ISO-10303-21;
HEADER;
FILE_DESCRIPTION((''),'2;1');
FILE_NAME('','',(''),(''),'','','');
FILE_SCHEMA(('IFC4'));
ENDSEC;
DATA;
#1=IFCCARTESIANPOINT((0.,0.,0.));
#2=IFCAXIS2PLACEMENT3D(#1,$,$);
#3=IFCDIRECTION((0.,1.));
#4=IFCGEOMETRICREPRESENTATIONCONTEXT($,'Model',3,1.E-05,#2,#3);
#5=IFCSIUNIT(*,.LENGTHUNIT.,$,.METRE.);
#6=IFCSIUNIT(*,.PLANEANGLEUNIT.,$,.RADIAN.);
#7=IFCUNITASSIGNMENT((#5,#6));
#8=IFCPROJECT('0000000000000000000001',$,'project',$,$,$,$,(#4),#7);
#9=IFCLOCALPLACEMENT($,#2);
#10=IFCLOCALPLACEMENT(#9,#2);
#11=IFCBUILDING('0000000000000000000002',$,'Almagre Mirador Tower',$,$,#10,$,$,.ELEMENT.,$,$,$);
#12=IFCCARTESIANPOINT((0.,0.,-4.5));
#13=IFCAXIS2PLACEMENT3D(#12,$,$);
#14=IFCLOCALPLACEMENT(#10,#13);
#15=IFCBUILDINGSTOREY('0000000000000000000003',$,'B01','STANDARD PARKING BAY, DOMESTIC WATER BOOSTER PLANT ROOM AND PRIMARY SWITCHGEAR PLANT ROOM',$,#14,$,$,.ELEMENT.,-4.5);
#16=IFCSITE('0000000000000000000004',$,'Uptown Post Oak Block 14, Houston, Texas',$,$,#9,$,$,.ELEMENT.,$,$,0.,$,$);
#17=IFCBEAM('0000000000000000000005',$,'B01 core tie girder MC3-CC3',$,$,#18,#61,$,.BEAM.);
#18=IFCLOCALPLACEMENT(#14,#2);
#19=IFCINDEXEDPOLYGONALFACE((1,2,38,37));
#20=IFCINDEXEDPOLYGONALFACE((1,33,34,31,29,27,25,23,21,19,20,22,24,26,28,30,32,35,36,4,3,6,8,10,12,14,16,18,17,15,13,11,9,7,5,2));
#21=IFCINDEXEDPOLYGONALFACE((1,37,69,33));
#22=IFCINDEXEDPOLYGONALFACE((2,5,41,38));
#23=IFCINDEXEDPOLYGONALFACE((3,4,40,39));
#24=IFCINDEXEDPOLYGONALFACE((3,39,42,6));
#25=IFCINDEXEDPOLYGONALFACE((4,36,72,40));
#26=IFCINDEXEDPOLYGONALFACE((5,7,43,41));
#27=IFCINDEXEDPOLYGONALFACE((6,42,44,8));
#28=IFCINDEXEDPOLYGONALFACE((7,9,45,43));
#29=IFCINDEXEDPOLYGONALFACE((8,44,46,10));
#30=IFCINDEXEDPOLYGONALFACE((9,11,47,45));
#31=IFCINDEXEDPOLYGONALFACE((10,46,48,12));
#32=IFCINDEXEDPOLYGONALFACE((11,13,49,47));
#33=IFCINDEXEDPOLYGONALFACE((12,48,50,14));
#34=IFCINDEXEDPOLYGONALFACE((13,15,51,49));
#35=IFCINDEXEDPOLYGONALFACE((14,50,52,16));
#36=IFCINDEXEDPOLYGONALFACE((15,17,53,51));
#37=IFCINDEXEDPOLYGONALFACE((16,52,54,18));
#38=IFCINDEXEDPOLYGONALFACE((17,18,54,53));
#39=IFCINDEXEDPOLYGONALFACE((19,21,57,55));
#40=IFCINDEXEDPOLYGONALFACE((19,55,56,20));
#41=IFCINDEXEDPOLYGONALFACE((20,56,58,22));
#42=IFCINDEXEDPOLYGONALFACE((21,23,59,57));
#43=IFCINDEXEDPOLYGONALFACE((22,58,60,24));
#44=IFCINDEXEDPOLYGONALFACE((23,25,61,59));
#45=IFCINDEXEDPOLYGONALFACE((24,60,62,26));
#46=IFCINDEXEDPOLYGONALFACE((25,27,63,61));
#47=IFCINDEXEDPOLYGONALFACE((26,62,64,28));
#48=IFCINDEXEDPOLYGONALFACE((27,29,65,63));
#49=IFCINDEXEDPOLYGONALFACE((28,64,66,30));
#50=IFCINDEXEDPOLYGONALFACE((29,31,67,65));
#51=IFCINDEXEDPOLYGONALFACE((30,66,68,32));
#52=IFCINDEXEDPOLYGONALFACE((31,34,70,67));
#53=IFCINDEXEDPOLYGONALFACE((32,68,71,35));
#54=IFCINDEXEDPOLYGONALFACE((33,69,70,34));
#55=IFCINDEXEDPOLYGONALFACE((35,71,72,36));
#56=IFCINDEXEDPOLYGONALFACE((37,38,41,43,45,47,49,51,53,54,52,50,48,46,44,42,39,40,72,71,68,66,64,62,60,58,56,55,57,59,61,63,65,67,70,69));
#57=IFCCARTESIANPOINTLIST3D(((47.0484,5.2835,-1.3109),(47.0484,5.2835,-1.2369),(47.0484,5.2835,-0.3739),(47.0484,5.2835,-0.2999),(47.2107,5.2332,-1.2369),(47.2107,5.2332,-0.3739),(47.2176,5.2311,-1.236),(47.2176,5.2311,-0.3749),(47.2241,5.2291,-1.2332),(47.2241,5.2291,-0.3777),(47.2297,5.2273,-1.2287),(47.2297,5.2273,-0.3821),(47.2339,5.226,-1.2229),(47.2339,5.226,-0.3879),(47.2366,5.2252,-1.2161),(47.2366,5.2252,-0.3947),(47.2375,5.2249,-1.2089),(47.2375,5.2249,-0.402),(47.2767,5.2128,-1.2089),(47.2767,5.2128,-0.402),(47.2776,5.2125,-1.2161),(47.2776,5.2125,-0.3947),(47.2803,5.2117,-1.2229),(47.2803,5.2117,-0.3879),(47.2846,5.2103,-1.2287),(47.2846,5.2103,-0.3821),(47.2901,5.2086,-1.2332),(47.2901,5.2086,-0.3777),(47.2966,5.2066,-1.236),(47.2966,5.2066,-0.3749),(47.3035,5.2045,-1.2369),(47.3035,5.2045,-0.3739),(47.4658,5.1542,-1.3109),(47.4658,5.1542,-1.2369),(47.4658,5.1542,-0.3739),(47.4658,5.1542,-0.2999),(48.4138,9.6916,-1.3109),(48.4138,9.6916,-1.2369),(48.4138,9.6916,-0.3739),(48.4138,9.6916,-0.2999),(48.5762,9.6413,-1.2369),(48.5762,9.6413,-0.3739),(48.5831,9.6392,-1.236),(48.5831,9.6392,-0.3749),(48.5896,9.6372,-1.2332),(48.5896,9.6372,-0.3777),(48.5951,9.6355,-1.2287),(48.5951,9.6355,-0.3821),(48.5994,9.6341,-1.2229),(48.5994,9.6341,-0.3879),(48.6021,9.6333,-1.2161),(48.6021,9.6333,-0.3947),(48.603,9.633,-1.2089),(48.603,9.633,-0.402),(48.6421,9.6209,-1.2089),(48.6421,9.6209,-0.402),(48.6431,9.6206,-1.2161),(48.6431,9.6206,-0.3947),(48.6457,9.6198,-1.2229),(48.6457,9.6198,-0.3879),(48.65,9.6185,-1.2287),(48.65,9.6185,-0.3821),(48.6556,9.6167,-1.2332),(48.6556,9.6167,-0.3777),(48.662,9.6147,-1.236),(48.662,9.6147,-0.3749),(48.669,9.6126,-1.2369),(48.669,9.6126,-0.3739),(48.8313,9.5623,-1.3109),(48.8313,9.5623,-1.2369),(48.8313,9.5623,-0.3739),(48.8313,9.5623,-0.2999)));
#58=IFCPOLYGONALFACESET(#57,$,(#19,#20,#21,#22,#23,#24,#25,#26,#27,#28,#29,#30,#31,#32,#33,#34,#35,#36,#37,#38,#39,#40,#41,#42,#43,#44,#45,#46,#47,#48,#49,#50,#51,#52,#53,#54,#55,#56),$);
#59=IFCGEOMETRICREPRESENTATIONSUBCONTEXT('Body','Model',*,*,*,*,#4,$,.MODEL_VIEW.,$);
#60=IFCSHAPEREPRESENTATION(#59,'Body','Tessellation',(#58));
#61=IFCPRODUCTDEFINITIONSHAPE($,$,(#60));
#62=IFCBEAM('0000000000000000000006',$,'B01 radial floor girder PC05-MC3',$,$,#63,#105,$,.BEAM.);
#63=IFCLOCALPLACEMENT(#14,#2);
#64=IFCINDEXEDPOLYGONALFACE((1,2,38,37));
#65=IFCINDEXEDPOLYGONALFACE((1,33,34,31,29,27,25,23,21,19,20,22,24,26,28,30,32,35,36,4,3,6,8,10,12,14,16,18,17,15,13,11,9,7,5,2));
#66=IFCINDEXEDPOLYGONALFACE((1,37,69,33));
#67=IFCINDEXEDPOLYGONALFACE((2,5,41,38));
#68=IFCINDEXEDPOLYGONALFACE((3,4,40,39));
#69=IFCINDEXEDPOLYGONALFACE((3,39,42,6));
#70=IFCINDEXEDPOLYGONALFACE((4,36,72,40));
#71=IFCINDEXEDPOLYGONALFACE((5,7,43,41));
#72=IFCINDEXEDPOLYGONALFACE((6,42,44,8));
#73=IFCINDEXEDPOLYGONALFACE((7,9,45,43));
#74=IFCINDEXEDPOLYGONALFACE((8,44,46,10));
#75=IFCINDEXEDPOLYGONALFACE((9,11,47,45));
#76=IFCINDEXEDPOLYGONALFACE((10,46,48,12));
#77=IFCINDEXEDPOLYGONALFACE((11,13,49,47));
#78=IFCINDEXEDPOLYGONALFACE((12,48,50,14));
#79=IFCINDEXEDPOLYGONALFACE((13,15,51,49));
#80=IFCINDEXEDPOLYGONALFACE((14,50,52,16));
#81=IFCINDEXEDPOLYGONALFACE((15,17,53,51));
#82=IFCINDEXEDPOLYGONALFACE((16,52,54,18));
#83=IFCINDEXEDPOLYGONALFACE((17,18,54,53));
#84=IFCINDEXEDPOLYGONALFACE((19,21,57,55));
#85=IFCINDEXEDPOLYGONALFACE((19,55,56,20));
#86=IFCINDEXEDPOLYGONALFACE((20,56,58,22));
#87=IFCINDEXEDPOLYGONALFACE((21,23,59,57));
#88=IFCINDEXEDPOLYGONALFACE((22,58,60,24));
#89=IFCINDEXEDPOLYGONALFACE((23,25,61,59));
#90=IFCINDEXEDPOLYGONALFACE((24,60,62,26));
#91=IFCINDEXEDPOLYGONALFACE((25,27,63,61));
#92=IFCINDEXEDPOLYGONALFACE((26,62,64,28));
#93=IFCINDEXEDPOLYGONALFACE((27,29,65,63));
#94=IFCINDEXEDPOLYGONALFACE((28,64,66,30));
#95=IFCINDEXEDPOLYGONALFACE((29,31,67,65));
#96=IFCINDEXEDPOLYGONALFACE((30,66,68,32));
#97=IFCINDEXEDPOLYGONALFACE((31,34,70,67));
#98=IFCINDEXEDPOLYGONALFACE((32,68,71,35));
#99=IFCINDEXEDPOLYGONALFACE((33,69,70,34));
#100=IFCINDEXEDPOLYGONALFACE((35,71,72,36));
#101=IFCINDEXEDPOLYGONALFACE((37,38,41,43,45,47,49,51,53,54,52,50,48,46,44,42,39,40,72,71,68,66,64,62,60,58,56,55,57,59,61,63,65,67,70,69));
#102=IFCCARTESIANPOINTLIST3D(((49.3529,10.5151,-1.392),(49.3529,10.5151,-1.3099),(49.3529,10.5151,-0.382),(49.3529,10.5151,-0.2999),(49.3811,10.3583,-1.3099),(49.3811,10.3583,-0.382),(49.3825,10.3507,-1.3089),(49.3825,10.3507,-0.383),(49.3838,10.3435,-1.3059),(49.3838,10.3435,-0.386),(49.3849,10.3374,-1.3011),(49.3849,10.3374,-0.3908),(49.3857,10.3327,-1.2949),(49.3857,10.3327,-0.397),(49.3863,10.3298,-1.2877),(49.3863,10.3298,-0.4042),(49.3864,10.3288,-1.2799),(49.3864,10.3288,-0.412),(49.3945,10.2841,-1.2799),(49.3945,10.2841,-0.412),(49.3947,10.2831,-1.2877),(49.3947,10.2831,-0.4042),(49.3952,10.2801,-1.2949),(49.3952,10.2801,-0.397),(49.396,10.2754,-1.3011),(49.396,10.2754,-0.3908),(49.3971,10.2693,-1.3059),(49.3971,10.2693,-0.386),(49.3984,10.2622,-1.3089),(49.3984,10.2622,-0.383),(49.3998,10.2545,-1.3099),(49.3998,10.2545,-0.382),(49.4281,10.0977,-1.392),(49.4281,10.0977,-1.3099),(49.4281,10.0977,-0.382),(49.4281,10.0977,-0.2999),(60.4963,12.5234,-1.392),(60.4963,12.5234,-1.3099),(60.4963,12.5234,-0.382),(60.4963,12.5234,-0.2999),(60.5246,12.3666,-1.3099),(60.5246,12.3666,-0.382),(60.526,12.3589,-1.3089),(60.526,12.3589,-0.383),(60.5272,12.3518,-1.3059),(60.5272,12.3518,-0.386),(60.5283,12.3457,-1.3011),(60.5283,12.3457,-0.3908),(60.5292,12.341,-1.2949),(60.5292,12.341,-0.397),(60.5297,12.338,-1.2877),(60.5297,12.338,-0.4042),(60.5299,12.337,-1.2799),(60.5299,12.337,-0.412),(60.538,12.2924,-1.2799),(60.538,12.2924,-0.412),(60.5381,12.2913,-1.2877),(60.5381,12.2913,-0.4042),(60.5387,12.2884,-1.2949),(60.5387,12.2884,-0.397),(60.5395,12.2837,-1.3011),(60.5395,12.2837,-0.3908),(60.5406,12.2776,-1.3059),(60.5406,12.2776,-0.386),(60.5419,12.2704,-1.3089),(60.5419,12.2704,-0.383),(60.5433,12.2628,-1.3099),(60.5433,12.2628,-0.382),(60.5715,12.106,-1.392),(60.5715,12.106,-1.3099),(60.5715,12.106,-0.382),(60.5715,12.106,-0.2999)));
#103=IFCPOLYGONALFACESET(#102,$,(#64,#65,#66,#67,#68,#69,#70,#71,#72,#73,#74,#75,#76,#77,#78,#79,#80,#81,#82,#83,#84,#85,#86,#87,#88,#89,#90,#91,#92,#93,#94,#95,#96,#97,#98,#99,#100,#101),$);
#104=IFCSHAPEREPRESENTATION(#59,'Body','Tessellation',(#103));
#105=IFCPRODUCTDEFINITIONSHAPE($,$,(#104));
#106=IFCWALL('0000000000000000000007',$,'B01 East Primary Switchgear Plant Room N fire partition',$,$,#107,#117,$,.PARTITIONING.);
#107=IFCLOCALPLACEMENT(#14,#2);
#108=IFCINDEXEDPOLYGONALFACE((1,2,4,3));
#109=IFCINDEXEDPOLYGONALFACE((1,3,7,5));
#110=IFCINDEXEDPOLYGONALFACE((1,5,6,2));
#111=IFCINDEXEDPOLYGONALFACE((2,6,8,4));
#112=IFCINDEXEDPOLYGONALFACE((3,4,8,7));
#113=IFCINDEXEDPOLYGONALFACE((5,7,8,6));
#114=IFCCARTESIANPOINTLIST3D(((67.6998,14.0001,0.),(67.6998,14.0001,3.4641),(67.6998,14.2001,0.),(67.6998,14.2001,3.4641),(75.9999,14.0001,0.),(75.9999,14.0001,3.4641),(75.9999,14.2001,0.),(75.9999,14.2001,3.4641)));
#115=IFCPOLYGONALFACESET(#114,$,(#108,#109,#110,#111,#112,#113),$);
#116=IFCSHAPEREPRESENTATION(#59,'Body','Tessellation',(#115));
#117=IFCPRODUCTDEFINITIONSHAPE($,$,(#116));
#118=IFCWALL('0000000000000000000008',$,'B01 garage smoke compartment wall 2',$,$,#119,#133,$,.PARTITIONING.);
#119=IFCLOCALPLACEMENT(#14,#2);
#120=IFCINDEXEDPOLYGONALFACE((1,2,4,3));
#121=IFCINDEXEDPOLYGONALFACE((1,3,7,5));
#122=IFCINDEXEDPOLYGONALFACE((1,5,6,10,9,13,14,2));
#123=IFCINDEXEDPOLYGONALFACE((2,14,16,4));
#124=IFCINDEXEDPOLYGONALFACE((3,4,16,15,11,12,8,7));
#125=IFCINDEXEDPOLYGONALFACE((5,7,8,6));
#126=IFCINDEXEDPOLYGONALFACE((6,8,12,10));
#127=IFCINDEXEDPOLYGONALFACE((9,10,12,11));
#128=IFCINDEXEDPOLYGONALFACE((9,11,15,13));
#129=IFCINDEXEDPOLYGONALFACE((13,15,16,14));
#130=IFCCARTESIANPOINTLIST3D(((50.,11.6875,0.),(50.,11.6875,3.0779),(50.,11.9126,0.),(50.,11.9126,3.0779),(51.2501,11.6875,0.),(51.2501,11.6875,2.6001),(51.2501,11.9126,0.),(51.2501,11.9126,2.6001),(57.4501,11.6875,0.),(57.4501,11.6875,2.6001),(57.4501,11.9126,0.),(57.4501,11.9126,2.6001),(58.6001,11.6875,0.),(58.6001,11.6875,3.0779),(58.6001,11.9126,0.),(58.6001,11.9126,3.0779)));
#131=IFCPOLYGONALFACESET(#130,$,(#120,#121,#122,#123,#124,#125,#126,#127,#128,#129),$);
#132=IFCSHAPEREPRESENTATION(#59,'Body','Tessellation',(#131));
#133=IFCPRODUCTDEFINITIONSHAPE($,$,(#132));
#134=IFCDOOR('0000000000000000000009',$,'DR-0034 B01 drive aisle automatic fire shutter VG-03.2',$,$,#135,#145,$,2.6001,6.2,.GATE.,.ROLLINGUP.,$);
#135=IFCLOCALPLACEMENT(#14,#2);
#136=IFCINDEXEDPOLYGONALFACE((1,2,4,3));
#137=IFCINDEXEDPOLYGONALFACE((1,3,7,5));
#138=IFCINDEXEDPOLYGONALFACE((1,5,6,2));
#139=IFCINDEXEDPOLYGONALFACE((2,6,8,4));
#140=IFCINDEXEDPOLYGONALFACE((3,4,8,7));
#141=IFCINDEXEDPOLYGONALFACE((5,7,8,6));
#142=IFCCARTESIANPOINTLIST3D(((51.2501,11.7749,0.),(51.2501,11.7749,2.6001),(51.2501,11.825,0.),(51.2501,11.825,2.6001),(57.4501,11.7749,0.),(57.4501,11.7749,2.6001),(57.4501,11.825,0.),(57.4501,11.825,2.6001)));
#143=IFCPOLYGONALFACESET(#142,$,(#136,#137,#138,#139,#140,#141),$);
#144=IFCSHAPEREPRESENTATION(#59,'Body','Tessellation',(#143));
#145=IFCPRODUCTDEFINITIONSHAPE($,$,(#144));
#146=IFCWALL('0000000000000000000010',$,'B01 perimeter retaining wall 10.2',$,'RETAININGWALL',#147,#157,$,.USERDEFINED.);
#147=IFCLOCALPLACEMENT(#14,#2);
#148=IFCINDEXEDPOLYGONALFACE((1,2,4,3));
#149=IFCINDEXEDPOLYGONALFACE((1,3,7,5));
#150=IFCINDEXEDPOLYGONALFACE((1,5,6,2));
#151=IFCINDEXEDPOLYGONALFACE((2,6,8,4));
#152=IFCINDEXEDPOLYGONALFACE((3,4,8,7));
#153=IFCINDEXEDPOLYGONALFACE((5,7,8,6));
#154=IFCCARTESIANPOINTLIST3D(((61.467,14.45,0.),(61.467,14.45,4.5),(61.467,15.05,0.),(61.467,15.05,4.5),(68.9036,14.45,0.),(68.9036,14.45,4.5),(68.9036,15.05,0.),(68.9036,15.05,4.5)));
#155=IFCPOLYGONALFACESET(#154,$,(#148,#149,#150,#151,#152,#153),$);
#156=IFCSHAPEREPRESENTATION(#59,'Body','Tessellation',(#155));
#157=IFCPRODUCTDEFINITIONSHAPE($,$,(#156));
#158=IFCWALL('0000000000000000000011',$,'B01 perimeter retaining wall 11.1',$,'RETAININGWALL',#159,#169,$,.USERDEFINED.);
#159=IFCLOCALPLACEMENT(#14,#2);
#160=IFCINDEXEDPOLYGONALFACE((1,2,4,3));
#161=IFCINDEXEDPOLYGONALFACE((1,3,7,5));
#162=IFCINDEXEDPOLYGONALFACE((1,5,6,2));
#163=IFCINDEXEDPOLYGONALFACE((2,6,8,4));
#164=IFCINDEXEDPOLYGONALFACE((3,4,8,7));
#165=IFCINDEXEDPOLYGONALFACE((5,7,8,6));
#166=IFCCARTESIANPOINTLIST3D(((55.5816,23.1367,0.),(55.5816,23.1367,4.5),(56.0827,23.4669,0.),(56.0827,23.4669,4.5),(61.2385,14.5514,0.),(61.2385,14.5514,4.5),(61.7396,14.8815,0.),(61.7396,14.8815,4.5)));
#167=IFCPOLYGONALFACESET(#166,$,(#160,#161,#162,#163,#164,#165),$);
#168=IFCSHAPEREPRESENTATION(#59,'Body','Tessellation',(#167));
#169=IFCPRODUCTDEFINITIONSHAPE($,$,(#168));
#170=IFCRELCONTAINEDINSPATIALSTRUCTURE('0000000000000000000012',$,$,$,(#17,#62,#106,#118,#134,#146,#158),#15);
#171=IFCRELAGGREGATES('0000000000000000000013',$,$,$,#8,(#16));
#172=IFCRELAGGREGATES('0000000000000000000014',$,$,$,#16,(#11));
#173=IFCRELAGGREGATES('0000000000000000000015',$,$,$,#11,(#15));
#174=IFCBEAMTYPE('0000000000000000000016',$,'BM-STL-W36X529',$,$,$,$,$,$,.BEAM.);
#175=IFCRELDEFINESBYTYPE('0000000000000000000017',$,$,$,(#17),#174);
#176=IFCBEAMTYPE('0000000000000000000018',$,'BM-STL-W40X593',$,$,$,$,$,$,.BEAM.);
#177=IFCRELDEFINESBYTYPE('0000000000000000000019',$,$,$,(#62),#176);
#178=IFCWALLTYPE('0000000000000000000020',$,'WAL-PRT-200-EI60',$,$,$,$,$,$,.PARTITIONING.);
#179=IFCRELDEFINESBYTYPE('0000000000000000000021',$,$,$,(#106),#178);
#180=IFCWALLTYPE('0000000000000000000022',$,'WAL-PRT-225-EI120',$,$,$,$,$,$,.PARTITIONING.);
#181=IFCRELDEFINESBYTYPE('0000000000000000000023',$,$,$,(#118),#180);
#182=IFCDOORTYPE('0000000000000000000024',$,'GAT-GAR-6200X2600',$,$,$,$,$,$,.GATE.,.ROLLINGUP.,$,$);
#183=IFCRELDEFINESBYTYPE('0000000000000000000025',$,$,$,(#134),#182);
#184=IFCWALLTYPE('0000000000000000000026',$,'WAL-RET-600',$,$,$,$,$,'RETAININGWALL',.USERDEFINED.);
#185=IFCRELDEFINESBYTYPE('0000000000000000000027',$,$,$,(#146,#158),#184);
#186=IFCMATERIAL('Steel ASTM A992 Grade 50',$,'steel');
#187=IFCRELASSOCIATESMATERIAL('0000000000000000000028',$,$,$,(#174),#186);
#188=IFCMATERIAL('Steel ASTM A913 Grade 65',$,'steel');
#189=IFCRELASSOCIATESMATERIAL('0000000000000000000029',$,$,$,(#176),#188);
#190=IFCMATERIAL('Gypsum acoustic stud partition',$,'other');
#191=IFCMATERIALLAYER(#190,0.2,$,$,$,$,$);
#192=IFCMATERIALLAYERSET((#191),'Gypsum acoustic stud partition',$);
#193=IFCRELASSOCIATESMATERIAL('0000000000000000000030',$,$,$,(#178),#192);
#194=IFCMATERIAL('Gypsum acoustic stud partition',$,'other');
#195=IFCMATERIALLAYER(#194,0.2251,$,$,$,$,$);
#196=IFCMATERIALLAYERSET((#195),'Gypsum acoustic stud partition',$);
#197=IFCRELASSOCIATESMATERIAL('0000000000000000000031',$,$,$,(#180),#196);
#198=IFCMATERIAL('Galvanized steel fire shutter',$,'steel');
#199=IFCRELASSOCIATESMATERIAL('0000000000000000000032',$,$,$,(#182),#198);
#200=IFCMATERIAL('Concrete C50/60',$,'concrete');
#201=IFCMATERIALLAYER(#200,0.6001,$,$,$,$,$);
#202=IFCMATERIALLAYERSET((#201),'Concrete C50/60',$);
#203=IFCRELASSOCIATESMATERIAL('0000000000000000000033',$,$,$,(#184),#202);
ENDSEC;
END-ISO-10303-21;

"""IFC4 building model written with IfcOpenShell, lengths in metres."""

from ifc_helpers import new_model, si_unit, direction, frame, frame_2d, origin, origin_2d, place, context, subcontext, project, spatial, rectangle, i_section, extrude, material, layer, layer_set, material_profile, profile_set, type_object, element, fill, save


model = new_model("IFC4")

# Units and contexts
model_context = context("Model", 3, precision=1e-05, world=origin(), true_north=direction((0.0, 1.0)))
body_context = subcontext(model_context, "Body", "Model", "MODEL_VIEW")
ifc_project = project(units=[si_unit("LENGTHUNIT", "METRE"), si_unit("PLANEANGLEUNIT", "RADIAN")], contexts=[model_context])

# Site, building, storey
site_placement = place(None, origin())
site = spatial("IfcSite", under=ifc_project, at=site_placement, Name="Uptown Post Oak Block 14, Houston, Texas", CompositionType="ELEMENT", RefElevation=0.0)
building_placement = place(site_placement, origin())
building = spatial("IfcBuilding", under=site, at=building_placement, Name="Almagre Mirador Tower", CompositionType="ELEMENT")
storey_placement = place(building_placement, frame((0.0, 0.0, -4.5)))
storey = spatial("IfcBuildingStorey", under=building, at=storey_placement, Name="B01", Description="STANDARD PARKING BAY, DOMESTIC WATER BOOSTER PLANT ROOM AND PRIMARY SWITCHGEAR PLANT ROOM", CompositionType="ELEMENT", Elevation=-4.5)

# Beams
ifc_material_1 = material(Name="Steel ASTM A992 Grade 50", Category="steel")
ifc_material_profile_1 = material_profile(ifc_material_1, i_section(OverallWidth=0.437, OverallDepth=1.011, WebThickness=0.041, FlangeThickness=0.074, FilletRadius=0.0281, at=origin_2d()), Name="W36X529")
ifc_profile_set_1 = profile_set([ifc_material_profile_1], Name="Steel ASTM A992 Grade 50")
beam_type_1 = type_object("IfcBeamType", Name="BM-STL-W36X529", PredefinedType="BEAM", material=ifc_profile_set_1)
beam_1_placement = place(storey_placement, frame((48.6226, 9.627, -0.8054), z_axis=(-0.295888, -0.955223, 0.0), x_axis=(0.955223, -0.295888, 0.0)))
element("IfcBeam", 1, at=beam_1_placement, inside=storey, type_object=beam_type_1, Name="B01 core tie girder MC3-CC3", PredefinedType="BEAM", context=body_context, shape_type="SweptSolid", body=[
    extrude(i_section(OverallWidth=0.437, OverallDepth=1.011, WebThickness=0.041, FlangeThickness=0.074, FilletRadius=0.0281, at=origin_2d()), origin(), (0.0, 0.0, 1.0), 4.6147),
])
ifc_material_2 = material(Name="Steel ASTM A913 Grade 65", Category="steel")
ifc_material_profile_2 = material_profile(ifc_material_2, i_section(OverallWidth=0.4241, OverallDepth=1.092, WebThickness=0.0454, FlangeThickness=0.082, FilletRadius=0.03, at=origin_2d()), Name="W40X593")
ifc_profile_set_2 = profile_set([ifc_material_profile_2], Name="Steel ASTM A913 Grade 65")
beam_type_2 = type_object("IfcBeamType", Name="BM-STL-W40X593", PredefinedType="BEAM", material=ifc_profile_set_2)
beam_2_placement = place(storey_placement, frame((60.5339, 12.3147, -0.8459), z_axis=(-0.984145, -0.177364, 0.0), x_axis=(0.177364, -0.984145, 0.0)))
element("IfcBeam", 2, at=beam_2_placement, inside=storey, type_object=beam_type_2, Name="B01 radial floor girder PC05-MC3", PredefinedType="BEAM", context=body_context, shape_type="SweptSolid", body=[
    extrude(i_section(OverallWidth=0.4241, OverallDepth=1.092, WebThickness=0.0454, FlangeThickness=0.082, FilletRadius=0.03, at=origin_2d()), origin(), (0.0, 0.0, 1.0), 11.323),
])

# Wall
ifc_material_3 = material(Name="Gypsum acoustic stud partition", Category="other")
ifc_layer_1 = layer(ifc_material_3, 0.2)
ifc_layer_set_1 = layer_set([ifc_layer_1], Name="Gypsum acoustic stud partition")
wall_type_1 = type_object("IfcWallType", Name="WAL-PRT-200-EI60", PredefinedType="PARTITIONING", material=ifc_layer_set_1)
wall_1_placement = place(storey_placement, frame((67.7, 14.1001, 0.0), z_axis=(0.0, 0.0, 1.0), x_axis=(1.0, 0.0, 0.0)))
element("IfcWall", 3, at=wall_1_placement, inside=storey, type_object=wall_type_1, Name="B01 East Primary Switchgear Plant Room N fire partition", PredefinedType="PARTITIONING", context=body_context, shape_type="SweptSolid", body=[
    extrude(rectangle(XDim=8.3, YDim=0.2, at=frame_2d((4.1499, 0.0))), origin(), (0.0, 0.0, 1.0), 3.4641),
])

# Wall, opening, door
ifc_material_4 = material(Name="Gypsum acoustic stud partition", Category="other")
ifc_layer_2 = layer(ifc_material_4, 0.2251)
ifc_layer_set_2 = layer_set([ifc_layer_2], Name="Gypsum acoustic stud partition")
wall_type_2 = type_object("IfcWallType", Name="WAL-PRT-225-EI120", PredefinedType="PARTITIONING", material=ifc_layer_set_2)
wall_2_placement = place(storey_placement, frame((50.0, 11.8, 0.0), z_axis=(0.0, 0.0, 1.0), x_axis=(1.0, 0.0, 0.0)))
wall_2 = element("IfcWall", 4, at=wall_2_placement, inside=storey, type_object=wall_type_2, Name="B01 garage smoke compartment wall 2", PredefinedType="PARTITIONING", context=body_context, shape_type="SweptSolid", body=[
    extrude(rectangle(XDim=8.6001, YDim=0.2251, at=frame_2d((4.3, 0.0))), origin(), (0.0, 0.0, 1.0), 3.0779),
])
opening_1_placement = place(wall_2_placement, frame((1.25, 0.0, 0.0)))
opening_1 = element("IfcOpeningElement", 5, at=opening_1_placement, cuts=wall_2, PredefinedType="OPENING", context=body_context, shape_type="SweptSolid", body=[
    extrude(rectangle(XDim=6.2, YDim=2.6001, at=frame_2d((3.1001, 1.3))), frame((0.0, 0.1225, 0.0), z_axis=(0.0, -1.0, 0.0), x_axis=(1.0, 0.0, 0.0)), (0.0, 0.0, 1.0), 0.2451),
])
ifc_material_5 = material(Name="Galvanized steel fire shutter", Category="steel")
door_type_1 = type_object("IfcDoorType", Name="GAT-GAR-6200X2600", OperationType="ROLLINGUP", PredefinedType="GATE", material=ifc_material_5)
door_1_placement = place(opening_1_placement, origin())
door_1 = element("IfcDoor", 6, at=door_1_placement, inside=storey, type_object=door_type_1, Name="DR-0034 B01 drive aisle automatic fire shutter VG-03.2", OperationType="ROLLINGUP", OverallHeight=2.6001, OverallWidth=6.2, PredefinedType="GATE", context=body_context, shape_type="SweptSolid", body=[
    extrude(rectangle(XDim=6.2, YDim=2.6001, at=frame_2d((3.1001, 1.3))), frame((0.0, 0.0249, 0.0), z_axis=(0.0, -1.0, 0.0), x_axis=(1.0, 0.0, 0.0)), (0.0, 0.0, 1.0), 0.05),
])
fill(opening_1, door_1)

# Walls
ifc_material_6 = material(Name="Concrete C50/60", Category="concrete")
ifc_layer_3 = layer(ifc_material_6, 0.6001)
ifc_layer_set_3 = layer_set([ifc_layer_3], Name="Concrete C50/60")
wall_type_3 = type_object("IfcWallType", Name="WAL-RET-600", ElementType="RETAININGWALL", PredefinedType="USERDEFINED", material=ifc_layer_set_3)
wall_3_placement = place(storey_placement, frame((68.9036, 14.75, 0.0), z_axis=(0.0, 0.0, 1.0), x_axis=(-1.0, 0.0, 0.0)))
element("IfcWall", 7, at=wall_3_placement, inside=storey, type_object=wall_type_3, Name="B01 perimeter retaining wall 10.2", ObjectType="RETAININGWALL", PredefinedType="USERDEFINED", context=body_context, shape_type="SweptSolid", body=[
    extrude(rectangle(XDim=7.4365, YDim=0.6001, at=frame_2d((3.7183, 0.0))), origin(), (0.0, 0.0, 1.0), 4.5),
])
wall_4_placement = place(storey_placement, frame((61.489, 14.7166, 0.0), z_axis=(0.0, 0.0, 1.0), x_axis=(-0.550204, 0.83503, 0.0)))
element("IfcWall", 8, at=wall_4_placement, inside=storey, type_object=wall_type_3, Name="B01 perimeter retaining wall 11.1", ObjectType="RETAININGWALL", PredefinedType="USERDEFINED", context=body_context, shape_type="SweptSolid", body=[
    extrude(rectangle(XDim=10.2815, YDim=0.6001, at=frame_2d((5.1406, 0.0))), origin(), (0.0, 0.0, 1.0), 4.5),
])

save(model, "model.ifc")
